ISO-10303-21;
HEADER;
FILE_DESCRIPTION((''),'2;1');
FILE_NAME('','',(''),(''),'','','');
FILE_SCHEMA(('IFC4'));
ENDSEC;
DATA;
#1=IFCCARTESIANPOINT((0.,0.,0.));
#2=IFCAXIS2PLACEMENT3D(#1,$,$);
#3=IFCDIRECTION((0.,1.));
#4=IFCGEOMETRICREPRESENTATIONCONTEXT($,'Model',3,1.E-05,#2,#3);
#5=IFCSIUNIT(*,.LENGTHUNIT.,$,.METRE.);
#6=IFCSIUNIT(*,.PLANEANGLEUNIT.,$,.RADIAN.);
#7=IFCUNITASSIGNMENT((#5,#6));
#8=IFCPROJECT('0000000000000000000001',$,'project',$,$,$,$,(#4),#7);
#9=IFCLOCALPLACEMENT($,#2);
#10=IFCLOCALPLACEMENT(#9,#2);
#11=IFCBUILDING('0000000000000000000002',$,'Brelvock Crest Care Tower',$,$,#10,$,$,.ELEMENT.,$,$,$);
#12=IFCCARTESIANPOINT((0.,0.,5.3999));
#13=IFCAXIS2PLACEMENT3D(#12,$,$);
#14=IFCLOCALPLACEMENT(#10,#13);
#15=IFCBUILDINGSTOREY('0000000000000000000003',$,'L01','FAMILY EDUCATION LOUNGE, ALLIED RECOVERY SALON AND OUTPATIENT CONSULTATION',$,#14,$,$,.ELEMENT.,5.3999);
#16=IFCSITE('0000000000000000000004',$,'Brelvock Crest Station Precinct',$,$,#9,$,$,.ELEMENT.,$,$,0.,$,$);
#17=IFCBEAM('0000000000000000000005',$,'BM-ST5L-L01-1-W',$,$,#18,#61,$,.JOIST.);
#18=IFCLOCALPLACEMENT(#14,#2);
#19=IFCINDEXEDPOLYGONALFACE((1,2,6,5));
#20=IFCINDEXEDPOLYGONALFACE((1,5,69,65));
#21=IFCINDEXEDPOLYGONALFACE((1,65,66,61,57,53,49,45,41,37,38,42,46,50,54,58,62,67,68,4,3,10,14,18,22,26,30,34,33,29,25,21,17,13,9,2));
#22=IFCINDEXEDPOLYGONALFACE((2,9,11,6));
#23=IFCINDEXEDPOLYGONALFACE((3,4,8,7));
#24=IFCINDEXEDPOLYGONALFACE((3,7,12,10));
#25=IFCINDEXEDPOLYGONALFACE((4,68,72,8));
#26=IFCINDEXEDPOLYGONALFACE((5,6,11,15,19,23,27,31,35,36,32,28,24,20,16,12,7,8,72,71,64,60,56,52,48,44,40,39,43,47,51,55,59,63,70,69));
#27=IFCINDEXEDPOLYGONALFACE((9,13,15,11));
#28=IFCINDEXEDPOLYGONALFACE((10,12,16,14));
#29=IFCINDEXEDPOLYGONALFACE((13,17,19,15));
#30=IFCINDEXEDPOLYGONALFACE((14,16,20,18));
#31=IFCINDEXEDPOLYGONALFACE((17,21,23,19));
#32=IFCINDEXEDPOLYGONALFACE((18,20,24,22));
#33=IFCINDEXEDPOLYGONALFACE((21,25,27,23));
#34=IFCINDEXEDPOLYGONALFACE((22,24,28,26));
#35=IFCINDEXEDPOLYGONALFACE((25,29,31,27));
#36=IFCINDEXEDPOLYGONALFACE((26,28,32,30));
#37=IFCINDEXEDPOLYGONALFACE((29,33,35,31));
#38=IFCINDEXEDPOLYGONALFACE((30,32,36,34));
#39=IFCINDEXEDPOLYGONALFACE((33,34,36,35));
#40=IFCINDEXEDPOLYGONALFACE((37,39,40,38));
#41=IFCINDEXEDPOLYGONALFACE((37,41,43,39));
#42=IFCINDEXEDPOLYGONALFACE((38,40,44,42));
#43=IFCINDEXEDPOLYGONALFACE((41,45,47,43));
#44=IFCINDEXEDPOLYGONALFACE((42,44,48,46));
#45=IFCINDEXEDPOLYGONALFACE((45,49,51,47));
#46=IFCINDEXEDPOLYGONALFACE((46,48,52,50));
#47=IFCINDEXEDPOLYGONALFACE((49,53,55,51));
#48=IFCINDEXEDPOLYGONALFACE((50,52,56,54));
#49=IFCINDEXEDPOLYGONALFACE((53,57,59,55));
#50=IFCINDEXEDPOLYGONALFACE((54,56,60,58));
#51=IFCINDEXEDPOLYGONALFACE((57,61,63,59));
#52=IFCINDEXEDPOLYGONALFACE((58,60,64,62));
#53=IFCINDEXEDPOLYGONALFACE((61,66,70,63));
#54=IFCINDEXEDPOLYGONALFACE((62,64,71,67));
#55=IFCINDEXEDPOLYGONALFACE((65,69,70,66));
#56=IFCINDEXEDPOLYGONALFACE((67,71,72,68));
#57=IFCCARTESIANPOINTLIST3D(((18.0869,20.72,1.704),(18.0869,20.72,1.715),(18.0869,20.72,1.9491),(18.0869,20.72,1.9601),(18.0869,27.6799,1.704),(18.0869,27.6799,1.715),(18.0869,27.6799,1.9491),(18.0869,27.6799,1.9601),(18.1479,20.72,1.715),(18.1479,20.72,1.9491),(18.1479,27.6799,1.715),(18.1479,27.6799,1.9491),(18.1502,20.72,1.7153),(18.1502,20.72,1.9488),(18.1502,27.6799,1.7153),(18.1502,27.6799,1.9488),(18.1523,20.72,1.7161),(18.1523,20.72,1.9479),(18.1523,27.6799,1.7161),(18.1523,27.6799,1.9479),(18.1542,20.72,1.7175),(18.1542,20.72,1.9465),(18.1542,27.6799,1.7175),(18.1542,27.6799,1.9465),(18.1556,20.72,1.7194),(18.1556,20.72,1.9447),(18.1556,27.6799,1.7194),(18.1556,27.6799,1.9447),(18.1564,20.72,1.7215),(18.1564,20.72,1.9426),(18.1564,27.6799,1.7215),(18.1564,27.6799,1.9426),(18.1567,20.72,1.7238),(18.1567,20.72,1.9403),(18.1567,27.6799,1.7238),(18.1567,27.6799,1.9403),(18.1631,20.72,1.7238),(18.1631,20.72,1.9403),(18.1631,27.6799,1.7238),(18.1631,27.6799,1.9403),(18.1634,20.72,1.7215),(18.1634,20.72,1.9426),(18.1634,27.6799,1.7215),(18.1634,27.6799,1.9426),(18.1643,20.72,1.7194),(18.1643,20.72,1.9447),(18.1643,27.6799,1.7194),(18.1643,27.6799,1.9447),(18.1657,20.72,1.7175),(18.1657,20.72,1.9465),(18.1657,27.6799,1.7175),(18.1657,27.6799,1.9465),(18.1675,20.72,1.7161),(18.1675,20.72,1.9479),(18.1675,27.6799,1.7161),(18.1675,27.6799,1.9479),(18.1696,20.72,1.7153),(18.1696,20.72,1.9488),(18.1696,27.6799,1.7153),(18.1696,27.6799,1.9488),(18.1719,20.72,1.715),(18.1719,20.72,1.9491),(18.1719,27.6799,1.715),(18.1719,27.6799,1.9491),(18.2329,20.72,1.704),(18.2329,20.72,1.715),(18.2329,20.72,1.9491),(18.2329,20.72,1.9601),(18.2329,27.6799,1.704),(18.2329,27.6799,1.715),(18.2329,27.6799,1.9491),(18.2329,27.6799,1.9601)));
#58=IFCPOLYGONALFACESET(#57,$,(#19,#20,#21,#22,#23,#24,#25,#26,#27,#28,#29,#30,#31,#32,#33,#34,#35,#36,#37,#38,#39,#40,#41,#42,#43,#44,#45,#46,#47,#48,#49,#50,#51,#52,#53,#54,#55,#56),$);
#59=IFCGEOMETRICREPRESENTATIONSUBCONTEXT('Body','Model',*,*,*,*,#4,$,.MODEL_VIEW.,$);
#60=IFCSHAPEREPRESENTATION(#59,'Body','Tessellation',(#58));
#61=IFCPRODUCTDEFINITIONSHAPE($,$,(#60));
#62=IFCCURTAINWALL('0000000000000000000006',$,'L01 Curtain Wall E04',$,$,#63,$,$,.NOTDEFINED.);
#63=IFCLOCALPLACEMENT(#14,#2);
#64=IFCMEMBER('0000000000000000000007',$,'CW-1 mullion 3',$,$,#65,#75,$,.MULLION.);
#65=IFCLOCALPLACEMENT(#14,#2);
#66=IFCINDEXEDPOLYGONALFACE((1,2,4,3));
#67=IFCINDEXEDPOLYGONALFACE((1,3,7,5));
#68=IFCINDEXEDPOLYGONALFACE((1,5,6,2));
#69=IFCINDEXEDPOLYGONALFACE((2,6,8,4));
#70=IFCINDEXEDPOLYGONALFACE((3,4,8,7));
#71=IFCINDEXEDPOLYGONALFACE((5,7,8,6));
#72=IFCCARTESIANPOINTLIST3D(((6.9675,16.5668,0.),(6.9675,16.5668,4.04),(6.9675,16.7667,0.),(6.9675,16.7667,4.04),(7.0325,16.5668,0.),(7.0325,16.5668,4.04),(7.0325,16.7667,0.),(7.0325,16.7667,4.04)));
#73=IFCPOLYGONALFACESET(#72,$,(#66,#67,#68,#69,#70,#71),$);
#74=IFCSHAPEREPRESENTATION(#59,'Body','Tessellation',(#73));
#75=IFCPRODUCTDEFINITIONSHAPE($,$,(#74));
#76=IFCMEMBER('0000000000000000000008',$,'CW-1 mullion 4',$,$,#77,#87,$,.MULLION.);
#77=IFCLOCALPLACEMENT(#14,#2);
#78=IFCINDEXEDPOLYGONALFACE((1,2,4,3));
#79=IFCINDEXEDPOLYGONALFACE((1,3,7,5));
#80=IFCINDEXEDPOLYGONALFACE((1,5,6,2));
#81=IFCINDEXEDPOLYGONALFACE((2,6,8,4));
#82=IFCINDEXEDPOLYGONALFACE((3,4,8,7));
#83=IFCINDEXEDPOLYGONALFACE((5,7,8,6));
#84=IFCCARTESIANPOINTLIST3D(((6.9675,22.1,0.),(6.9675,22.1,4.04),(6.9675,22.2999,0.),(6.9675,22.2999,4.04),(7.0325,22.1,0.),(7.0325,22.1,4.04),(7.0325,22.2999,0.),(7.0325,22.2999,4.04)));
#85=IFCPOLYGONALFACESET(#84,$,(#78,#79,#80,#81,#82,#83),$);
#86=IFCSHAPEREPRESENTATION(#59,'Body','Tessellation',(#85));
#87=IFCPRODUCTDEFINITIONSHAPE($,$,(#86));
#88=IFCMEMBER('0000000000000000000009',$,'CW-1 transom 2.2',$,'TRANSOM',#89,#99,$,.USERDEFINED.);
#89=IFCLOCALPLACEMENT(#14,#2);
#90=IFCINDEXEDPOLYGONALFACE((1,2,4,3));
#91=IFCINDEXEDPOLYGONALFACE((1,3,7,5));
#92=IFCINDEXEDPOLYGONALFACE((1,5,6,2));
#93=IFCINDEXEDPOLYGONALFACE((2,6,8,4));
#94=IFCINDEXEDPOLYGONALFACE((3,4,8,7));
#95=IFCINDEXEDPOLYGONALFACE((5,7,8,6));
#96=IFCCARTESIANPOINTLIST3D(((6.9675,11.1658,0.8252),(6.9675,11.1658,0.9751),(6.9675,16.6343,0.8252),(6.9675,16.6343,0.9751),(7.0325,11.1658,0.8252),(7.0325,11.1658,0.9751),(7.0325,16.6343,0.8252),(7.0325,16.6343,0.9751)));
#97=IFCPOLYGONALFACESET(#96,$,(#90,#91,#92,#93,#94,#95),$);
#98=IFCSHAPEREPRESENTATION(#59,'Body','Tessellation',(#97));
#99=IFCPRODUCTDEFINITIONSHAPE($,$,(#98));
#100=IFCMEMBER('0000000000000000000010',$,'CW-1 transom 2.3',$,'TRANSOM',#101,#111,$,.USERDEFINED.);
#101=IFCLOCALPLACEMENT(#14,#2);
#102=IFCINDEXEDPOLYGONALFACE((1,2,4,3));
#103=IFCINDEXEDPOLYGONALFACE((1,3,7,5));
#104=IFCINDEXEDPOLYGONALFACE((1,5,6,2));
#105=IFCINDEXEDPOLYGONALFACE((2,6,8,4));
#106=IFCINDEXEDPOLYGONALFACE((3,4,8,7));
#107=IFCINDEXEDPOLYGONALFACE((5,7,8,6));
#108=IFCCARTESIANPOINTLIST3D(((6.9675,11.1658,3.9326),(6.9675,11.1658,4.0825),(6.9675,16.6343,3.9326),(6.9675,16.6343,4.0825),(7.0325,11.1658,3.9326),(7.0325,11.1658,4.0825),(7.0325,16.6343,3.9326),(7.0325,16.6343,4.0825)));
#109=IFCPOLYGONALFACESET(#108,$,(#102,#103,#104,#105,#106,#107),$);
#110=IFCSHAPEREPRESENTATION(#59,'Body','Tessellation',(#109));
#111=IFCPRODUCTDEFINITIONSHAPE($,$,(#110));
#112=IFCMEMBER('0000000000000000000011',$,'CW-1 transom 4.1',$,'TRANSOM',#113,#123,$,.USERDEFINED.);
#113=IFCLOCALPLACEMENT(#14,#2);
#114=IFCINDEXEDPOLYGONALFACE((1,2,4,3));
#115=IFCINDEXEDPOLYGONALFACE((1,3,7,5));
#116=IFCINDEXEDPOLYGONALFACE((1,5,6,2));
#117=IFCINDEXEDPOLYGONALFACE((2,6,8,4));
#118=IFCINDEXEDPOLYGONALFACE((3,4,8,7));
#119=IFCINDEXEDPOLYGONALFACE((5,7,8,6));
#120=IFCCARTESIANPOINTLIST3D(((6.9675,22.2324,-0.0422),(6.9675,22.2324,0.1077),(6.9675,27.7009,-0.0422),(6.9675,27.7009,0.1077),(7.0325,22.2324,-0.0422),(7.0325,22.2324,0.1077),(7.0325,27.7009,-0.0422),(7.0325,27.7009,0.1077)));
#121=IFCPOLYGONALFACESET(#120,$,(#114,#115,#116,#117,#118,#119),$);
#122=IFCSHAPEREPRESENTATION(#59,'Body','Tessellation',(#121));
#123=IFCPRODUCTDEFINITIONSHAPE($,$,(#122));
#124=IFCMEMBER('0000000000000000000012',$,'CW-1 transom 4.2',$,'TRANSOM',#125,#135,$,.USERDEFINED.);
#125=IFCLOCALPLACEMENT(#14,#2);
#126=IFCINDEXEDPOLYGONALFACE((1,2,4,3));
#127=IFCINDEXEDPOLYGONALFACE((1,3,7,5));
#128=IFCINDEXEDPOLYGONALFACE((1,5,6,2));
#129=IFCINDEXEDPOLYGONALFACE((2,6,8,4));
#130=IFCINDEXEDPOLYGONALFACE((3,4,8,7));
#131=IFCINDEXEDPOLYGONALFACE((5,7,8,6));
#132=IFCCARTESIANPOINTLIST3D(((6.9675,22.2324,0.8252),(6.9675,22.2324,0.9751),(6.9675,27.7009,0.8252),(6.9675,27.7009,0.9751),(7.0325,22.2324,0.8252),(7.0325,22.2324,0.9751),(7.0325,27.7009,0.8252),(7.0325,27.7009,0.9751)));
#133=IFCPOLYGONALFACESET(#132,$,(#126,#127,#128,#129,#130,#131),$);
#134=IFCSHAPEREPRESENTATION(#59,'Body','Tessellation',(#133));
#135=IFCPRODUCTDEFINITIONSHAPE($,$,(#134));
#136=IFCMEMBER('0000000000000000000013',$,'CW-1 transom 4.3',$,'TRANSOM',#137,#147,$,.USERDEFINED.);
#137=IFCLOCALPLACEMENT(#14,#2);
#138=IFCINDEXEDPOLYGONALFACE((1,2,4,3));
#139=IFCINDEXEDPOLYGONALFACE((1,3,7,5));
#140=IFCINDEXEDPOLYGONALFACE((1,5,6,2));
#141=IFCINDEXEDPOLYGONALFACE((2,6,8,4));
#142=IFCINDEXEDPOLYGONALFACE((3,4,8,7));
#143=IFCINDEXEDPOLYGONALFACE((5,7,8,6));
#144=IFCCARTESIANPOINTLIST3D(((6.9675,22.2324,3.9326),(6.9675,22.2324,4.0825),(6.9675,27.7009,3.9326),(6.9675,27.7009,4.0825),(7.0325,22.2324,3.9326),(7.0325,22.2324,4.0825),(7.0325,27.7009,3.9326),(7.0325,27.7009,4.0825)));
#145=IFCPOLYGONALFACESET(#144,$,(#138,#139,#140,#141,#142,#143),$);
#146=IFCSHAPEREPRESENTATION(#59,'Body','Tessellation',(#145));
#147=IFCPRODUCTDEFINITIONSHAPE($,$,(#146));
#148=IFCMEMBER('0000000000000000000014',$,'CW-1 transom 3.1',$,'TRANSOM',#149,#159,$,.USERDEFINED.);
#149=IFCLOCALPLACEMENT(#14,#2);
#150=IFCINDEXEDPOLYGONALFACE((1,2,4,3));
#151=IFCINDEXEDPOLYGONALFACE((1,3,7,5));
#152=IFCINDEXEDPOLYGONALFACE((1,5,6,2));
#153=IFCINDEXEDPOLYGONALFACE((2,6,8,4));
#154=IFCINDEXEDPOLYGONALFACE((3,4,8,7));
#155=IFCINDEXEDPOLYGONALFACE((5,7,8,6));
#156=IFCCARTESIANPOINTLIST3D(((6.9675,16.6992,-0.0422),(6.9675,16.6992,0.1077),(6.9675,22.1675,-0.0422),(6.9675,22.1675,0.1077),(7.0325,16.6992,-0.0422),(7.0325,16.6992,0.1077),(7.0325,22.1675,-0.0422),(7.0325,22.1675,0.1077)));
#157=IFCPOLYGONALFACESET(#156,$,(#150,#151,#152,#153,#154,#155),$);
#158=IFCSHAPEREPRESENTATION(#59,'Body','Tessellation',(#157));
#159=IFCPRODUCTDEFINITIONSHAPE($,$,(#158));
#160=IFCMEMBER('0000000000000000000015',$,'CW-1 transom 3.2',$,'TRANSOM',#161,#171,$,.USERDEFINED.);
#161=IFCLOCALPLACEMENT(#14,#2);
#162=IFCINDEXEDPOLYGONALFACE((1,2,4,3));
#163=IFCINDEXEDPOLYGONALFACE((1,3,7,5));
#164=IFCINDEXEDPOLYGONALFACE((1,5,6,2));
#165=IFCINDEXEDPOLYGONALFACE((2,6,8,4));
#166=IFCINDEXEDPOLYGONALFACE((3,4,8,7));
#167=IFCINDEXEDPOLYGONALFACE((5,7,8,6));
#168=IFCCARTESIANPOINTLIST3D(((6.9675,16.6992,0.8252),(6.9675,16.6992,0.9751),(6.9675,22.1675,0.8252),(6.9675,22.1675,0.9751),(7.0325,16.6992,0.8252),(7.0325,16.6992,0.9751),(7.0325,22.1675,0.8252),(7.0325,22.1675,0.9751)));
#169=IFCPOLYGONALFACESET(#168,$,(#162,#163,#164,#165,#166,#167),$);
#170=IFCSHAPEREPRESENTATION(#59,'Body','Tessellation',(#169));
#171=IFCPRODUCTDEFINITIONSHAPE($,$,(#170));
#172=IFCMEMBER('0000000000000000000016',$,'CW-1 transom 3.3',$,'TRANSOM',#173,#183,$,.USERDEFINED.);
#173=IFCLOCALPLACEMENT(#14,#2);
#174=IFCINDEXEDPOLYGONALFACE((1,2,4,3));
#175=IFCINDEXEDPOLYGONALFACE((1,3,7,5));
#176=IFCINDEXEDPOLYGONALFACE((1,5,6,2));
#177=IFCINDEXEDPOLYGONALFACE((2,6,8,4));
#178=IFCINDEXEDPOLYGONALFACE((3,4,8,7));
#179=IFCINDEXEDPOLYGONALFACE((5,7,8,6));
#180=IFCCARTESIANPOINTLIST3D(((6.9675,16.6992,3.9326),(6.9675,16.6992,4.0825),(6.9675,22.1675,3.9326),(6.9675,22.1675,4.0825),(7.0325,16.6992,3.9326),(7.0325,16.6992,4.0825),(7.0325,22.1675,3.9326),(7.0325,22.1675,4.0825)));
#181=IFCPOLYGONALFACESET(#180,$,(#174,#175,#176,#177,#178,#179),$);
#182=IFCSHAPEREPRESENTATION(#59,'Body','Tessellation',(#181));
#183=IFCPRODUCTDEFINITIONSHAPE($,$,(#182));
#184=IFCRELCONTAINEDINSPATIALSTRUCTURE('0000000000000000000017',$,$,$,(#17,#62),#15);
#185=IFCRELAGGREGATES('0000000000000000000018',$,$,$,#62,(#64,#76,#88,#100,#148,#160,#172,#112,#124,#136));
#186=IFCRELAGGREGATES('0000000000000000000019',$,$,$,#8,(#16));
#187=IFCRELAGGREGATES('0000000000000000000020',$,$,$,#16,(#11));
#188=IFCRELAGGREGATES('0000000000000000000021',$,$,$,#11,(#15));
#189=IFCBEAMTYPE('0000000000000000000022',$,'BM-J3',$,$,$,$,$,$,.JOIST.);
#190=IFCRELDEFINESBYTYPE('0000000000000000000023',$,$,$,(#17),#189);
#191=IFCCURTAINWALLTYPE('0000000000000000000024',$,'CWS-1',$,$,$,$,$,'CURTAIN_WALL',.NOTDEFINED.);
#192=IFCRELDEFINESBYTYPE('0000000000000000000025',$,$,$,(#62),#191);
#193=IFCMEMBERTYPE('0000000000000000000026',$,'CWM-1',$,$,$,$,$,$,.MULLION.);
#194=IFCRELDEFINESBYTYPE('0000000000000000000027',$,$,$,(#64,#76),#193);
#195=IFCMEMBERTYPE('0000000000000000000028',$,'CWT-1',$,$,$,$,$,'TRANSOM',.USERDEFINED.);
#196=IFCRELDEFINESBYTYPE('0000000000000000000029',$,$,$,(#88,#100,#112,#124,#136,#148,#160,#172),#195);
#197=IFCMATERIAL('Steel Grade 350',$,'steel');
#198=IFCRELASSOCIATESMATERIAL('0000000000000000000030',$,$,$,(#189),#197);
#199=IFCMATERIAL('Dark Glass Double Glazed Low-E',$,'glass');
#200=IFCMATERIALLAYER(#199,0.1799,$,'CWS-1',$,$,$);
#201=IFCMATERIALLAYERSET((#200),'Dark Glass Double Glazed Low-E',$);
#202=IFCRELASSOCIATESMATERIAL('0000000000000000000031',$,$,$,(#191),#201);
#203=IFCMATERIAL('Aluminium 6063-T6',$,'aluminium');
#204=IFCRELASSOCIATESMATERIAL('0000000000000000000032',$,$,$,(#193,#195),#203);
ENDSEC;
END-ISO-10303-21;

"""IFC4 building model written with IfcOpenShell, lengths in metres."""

from ifc_helpers import new_model, si_unit, direction, frame, origin, origin_2d, place, context, subcontext, project, spatial, rectangle, i_section, extrude, source, transform, mapped, material, layer, layer_set, material_profile, profile_set, type_object, element, aggregate, save


model = new_model("IFC4")

# Units and contexts
model_context = context("Model", 3, precision=1e-05, world=origin(), true_north=direction((0.0, 1.0)))
body_context = subcontext(model_context, "Body", "Model", "MODEL_VIEW")
ifc_project = project(units=[si_unit("LENGTHUNIT", "METRE"), si_unit("PLANEANGLEUNIT", "RADIAN")], contexts=[model_context])

# Site, building, storey
site_placement = place(None, origin())
site = spatial("IfcSite", under=ifc_project, at=site_placement, Name="Brelvock Crest Station Precinct", CompositionType="ELEMENT", RefElevation=0.0)
building_placement = place(site_placement, origin())
building = spatial("IfcBuilding", under=site, at=building_placement, Name="Brelvock Crest Care Tower", CompositionType="ELEMENT")
storey_placement = place(building_placement, frame((0.0, 0.0, 5.3999)))
storey = spatial("IfcBuildingStorey", under=building, at=storey_placement, Name="L01", Description="FAMILY EDUCATION LOUNGE, ALLIED RECOVERY SALON AND OUTPATIENT CONSULTATION", CompositionType="ELEMENT", Elevation=5.3999)

# Shared definitions
ifc_material_1 = material(Name="Steel Grade 350", Category="steel")

# Beam
ifc_material_profile_1 = material_profile(ifc_material_1, i_section(OverallWidth=0.146, OverallDepth=0.2561, WebThickness=0.0063, FlangeThickness=0.011, FilletRadius=0.0088, at=origin_2d()), Name="250UB37.3")
ifc_profile_set_1 = profile_set([ifc_material_profile_1], Name="Steel Grade 350")
beam_type_1 = type_object("IfcBeamType", Name="BM-J3", PredefinedType="JOIST", material=ifc_profile_set_1)
shared_shape_1 = source(origin(), body_context, "Body", "SweptSolid", [
    extrude(i_section(OverallWidth=0.146, OverallDepth=0.2561, WebThickness=0.0063, FlangeThickness=0.011, FilletRadius=0.0088, at=origin_2d()), origin(), (0.0, 0.0, 1.0), 6.96),
])
beam_1_placement = place(storey_placement, frame((18.1599, 20.72, 1.832), z_axis=(0.0, 1.0, 0.0), x_axis=(-1.0, 0.0, 0.0)))
element("IfcBeam", 1, at=beam_1_placement, inside=storey, type_object=beam_type_1, Name="BM-ST5L-L01-1-W", PredefinedType="JOIST", context=body_context, shape_type="MappedRepresentation", body=[
    mapped(shared_shape_1, transform((0.0, 0.0, 0.0), x_axis=(1.0, 0.0, 0.0), y_axis=(0.0, 1.0, 0.0), z_axis=(0.0, 0.0, 1.0), scale=1.0)),
])

# Curtain wall, members
ifc_material_2 = material(Name="Dark Glass Double Glazed Low-E", Category="glass")
ifc_layer_1 = layer(ifc_material_2, 0.1799, Name="CWS-1")
ifc_layer_set_1 = layer_set([ifc_layer_1], Name="Dark Glass Double Glazed Low-E")
curtain_wall_type = type_object("IfcCurtainWallType", Name="CWS-1", ElementType="CURTAIN_WALL", PredefinedType="NOTDEFINED", material=ifc_layer_set_1)
curtain_wall_placement = place(storey_placement, origin())
curtain_wall = element("IfcCurtainWall", 2, at=curtain_wall_placement, inside=storey, type_object=curtain_wall_type, Name="L01 Curtain Wall E04", PredefinedType="NOTDEFINED")
ifc_material_3 = material(Name="Aluminium 6063-T6", Category="aluminium")
ifc_material_profile_2 = material_profile(ifc_material_3, rectangle(XDim=0.0649, YDim=0.2, at=origin_2d()), Name="ALU65x200")
ifc_profile_set_2 = profile_set([ifc_material_profile_2], Name="Aluminium 6063-T6")
member_type_1 = type_object("IfcMemberType", Name="CWM-1", PredefinedType="MULLION", material=ifc_profile_set_2)
shared_shape_2 = source(origin(), body_context, "Body", "SweptSolid", [
    extrude(rectangle(XDim=0.0649, YDim=0.2, at=origin_2d()), origin(), (0.0, 0.0, 1.0), 4.04),
])
member_1_placement = place(storey_placement, frame((7.0, 16.6667, 0.0), z_axis=(0.0, 0.0, 1.0), x_axis=(-1.0, 0.0, 0.0)))
member_1 = element("IfcMember", 3, at=member_1_placement, type_object=member_type_1, Name="CW-1 mullion 3", PredefinedType="MULLION", context=body_context, shape_type="MappedRepresentation", body=[
    mapped(shared_shape_2, transform((0.0, 0.0, 0.0), x_axis=(1.0, 0.0, 0.0), y_axis=(0.0, 1.0, 0.0), z_axis=(0.0, 0.0, 1.0), scale=1.0)),
])
member_2_placement = place(storey_placement, frame((7.0, 22.2, 0.0), z_axis=(0.0, 0.0, 1.0), x_axis=(-1.0, 0.0, 0.0)))
member_2 = element("IfcMember", 4, at=member_2_placement, type_object=member_type_1, Name="CW-1 mullion 4", PredefinedType="MULLION", context=body_context, shape_type="MappedRepresentation", body=[
    mapped(shared_shape_2, transform((0.0, 0.0, 0.0), x_axis=(1.0, 0.0, 0.0), y_axis=(0.0, 1.0, 0.0), z_axis=(0.0, 0.0, 1.0), scale=1.0)),
])
ifc_material_profile_3 = material_profile(ifc_material_3, rectangle(XDim=0.0649, YDim=0.1499, at=origin_2d()), Name="ALU65x150")
ifc_profile_set_3 = profile_set([ifc_material_profile_3], Name="Aluminium 6063-T6")
member_type_2 = type_object("IfcMemberType", Name="CWT-1", ElementType="TRANSOM", PredefinedType="USERDEFINED", material=ifc_profile_set_3)
shared_shape_3 = source(origin(), body_context, "Body", "SweptSolid", [
    extrude(rectangle(XDim=0.0649, YDim=0.1499, at=origin_2d()), origin(), (0.0, 0.0, 1.0), 5.4685),
])
member_3_placement = place(storey_placement, frame((7.0, 11.1658, 0.9001), z_axis=(0.0, 1.0, 0.0), x_axis=(-1.0, 0.0, 0.0)))
member_3 = element("IfcMember", 5, at=member_3_placement, type_object=member_type_2, Name="CW-1 transom 2.2", ObjectType="TRANSOM", PredefinedType="USERDEFINED", context=body_context, shape_type="MappedRepresentation", body=[
    mapped(shared_shape_3, transform((0.0, 0.0, 0.0), x_axis=(1.0, 0.0, 0.0), y_axis=(0.0, 1.0, 0.0), z_axis=(0.0, 0.0, 1.0), scale=1.0)),
])
member_4_placement = place(storey_placement, frame((7.0, 11.1658, 4.0076), z_axis=(0.0, 1.0, 0.0), x_axis=(-1.0, 0.0, 0.0)))
member_4 = element("IfcMember", 6, at=member_4_placement, type_object=member_type_2, Name="CW-1 transom 2.3", ObjectType="TRANSOM", PredefinedType="USERDEFINED", context=body_context, shape_type="MappedRepresentation", body=[
    mapped(shared_shape_3, transform((0.0, 0.0, 0.0), x_axis=(1.0, 0.0, 0.0), y_axis=(0.0, 1.0, 0.0), z_axis=(0.0, 0.0, 1.0), scale=1.0)),
])
member_5_placement = place(storey_placement, frame((7.0, 22.2324, 0.0327), z_axis=(0.0, 1.0, 0.0), x_axis=(-1.0, 0.0, 0.0)))
member_5 = element("IfcMember", 7, at=member_5_placement, type_object=member_type_2, Name="CW-1 transom 4.1", ObjectType="TRANSOM", PredefinedType="USERDEFINED", context=body_context, shape_type="MappedRepresentation", body=[
    mapped(shared_shape_3, transform((0.0, 0.0, 0.0), x_axis=(1.0, 0.0, 0.0), y_axis=(0.0, 1.0, 0.0), z_axis=(0.0, 0.0, 1.0), scale=1.0)),
])
member_6_placement = place(storey_placement, frame((7.0, 22.2324, 0.9001), z_axis=(0.0, 1.0, 0.0), x_axis=(-1.0, 0.0, 0.0)))
member_6 = element("IfcMember", 8, at=member_6_placement, type_object=member_type_2, Name="CW-1 transom 4.2", ObjectType="TRANSOM", PredefinedType="USERDEFINED", context=body_context, shape_type="MappedRepresentation", body=[
    mapped(shared_shape_3, transform((0.0, 0.0, 0.0), x_axis=(1.0, 0.0, 0.0), y_axis=(0.0, 1.0, 0.0), z_axis=(0.0, 0.0, 1.0), scale=1.0)),
])
member_7_placement = place(storey_placement, frame((7.0, 22.2324, 4.0076), z_axis=(0.0, 1.0, 0.0), x_axis=(-1.0, 0.0, 0.0)))
member_7 = element("IfcMember", 9, at=member_7_placement, type_object=member_type_2, Name="CW-1 transom 4.3", ObjectType="TRANSOM", PredefinedType="USERDEFINED", context=body_context, shape_type="MappedRepresentation", body=[
    mapped(shared_shape_3, transform((0.0, 0.0, 0.0), x_axis=(1.0, 0.0, 0.0), y_axis=(0.0, 1.0, 0.0), z_axis=(0.0, 0.0, 1.0), scale=1.0)),
])
shared_shape_4 = source(origin(), body_context, "Body", "SweptSolid", [
    extrude(rectangle(XDim=0.0649, YDim=0.1499, at=origin_2d()), origin(), (0.0, 0.0, 1.0), 5.4683),
])
member_8_placement = place(storey_placement, frame((7.0, 16.6992, 0.0327), z_axis=(0.0, 1.0, 0.0), x_axis=(-1.0, 0.0, 0.0)))
member_8 = element("IfcMember", 10, at=member_8_placement, type_object=member_type_2, Name="CW-1 transom 3.1", ObjectType="TRANSOM", PredefinedType="USERDEFINED", context=body_context, shape_type="MappedRepresentation", body=[
    mapped(shared_shape_4, transform((0.0, 0.0, 0.0), x_axis=(1.0, 0.0, 0.0), y_axis=(0.0, 1.0, 0.0), z_axis=(0.0, 0.0, 1.0), scale=1.0)),
])
member_9_placement = place(storey_placement, frame((7.0, 16.6992, 0.9001), z_axis=(0.0, 1.0, 0.0), x_axis=(-1.0, 0.0, 0.0)))
member_9 = element("IfcMember", 11, at=member_9_placement, type_object=member_type_2, Name="CW-1 transom 3.2", ObjectType="TRANSOM", PredefinedType="USERDEFINED", context=body_context, shape_type="MappedRepresentation", body=[
    mapped(shared_shape_4, transform((0.0, 0.0, 0.0), x_axis=(1.0, 0.0, 0.0), y_axis=(0.0, 1.0, 0.0), z_axis=(0.0, 0.0, 1.0), scale=1.0)),
])
member_10_placement = place(storey_placement, frame((7.0, 16.6992, 4.0076), z_axis=(0.0, 1.0, 0.0), x_axis=(-1.0, 0.0, 0.0)))
member_10 = element("IfcMember", 12, at=member_10_placement, type_object=member_type_2, Name="CW-1 transom 3.3", ObjectType="TRANSOM", PredefinedType="USERDEFINED", context=body_context, shape_type="MappedRepresentation", body=[
    mapped(shared_shape_4, transform((0.0, 0.0, 0.0), x_axis=(1.0, 0.0, 0.0), y_axis=(0.0, 1.0, 0.0), z_axis=(0.0, 0.0, 1.0), scale=1.0)),
])
aggregate(curtain_wall, [member_1, member_2, member_3, member_4, member_8, member_9, member_10, member_5, member_6, member_7])

save(model, "model.ifc")
